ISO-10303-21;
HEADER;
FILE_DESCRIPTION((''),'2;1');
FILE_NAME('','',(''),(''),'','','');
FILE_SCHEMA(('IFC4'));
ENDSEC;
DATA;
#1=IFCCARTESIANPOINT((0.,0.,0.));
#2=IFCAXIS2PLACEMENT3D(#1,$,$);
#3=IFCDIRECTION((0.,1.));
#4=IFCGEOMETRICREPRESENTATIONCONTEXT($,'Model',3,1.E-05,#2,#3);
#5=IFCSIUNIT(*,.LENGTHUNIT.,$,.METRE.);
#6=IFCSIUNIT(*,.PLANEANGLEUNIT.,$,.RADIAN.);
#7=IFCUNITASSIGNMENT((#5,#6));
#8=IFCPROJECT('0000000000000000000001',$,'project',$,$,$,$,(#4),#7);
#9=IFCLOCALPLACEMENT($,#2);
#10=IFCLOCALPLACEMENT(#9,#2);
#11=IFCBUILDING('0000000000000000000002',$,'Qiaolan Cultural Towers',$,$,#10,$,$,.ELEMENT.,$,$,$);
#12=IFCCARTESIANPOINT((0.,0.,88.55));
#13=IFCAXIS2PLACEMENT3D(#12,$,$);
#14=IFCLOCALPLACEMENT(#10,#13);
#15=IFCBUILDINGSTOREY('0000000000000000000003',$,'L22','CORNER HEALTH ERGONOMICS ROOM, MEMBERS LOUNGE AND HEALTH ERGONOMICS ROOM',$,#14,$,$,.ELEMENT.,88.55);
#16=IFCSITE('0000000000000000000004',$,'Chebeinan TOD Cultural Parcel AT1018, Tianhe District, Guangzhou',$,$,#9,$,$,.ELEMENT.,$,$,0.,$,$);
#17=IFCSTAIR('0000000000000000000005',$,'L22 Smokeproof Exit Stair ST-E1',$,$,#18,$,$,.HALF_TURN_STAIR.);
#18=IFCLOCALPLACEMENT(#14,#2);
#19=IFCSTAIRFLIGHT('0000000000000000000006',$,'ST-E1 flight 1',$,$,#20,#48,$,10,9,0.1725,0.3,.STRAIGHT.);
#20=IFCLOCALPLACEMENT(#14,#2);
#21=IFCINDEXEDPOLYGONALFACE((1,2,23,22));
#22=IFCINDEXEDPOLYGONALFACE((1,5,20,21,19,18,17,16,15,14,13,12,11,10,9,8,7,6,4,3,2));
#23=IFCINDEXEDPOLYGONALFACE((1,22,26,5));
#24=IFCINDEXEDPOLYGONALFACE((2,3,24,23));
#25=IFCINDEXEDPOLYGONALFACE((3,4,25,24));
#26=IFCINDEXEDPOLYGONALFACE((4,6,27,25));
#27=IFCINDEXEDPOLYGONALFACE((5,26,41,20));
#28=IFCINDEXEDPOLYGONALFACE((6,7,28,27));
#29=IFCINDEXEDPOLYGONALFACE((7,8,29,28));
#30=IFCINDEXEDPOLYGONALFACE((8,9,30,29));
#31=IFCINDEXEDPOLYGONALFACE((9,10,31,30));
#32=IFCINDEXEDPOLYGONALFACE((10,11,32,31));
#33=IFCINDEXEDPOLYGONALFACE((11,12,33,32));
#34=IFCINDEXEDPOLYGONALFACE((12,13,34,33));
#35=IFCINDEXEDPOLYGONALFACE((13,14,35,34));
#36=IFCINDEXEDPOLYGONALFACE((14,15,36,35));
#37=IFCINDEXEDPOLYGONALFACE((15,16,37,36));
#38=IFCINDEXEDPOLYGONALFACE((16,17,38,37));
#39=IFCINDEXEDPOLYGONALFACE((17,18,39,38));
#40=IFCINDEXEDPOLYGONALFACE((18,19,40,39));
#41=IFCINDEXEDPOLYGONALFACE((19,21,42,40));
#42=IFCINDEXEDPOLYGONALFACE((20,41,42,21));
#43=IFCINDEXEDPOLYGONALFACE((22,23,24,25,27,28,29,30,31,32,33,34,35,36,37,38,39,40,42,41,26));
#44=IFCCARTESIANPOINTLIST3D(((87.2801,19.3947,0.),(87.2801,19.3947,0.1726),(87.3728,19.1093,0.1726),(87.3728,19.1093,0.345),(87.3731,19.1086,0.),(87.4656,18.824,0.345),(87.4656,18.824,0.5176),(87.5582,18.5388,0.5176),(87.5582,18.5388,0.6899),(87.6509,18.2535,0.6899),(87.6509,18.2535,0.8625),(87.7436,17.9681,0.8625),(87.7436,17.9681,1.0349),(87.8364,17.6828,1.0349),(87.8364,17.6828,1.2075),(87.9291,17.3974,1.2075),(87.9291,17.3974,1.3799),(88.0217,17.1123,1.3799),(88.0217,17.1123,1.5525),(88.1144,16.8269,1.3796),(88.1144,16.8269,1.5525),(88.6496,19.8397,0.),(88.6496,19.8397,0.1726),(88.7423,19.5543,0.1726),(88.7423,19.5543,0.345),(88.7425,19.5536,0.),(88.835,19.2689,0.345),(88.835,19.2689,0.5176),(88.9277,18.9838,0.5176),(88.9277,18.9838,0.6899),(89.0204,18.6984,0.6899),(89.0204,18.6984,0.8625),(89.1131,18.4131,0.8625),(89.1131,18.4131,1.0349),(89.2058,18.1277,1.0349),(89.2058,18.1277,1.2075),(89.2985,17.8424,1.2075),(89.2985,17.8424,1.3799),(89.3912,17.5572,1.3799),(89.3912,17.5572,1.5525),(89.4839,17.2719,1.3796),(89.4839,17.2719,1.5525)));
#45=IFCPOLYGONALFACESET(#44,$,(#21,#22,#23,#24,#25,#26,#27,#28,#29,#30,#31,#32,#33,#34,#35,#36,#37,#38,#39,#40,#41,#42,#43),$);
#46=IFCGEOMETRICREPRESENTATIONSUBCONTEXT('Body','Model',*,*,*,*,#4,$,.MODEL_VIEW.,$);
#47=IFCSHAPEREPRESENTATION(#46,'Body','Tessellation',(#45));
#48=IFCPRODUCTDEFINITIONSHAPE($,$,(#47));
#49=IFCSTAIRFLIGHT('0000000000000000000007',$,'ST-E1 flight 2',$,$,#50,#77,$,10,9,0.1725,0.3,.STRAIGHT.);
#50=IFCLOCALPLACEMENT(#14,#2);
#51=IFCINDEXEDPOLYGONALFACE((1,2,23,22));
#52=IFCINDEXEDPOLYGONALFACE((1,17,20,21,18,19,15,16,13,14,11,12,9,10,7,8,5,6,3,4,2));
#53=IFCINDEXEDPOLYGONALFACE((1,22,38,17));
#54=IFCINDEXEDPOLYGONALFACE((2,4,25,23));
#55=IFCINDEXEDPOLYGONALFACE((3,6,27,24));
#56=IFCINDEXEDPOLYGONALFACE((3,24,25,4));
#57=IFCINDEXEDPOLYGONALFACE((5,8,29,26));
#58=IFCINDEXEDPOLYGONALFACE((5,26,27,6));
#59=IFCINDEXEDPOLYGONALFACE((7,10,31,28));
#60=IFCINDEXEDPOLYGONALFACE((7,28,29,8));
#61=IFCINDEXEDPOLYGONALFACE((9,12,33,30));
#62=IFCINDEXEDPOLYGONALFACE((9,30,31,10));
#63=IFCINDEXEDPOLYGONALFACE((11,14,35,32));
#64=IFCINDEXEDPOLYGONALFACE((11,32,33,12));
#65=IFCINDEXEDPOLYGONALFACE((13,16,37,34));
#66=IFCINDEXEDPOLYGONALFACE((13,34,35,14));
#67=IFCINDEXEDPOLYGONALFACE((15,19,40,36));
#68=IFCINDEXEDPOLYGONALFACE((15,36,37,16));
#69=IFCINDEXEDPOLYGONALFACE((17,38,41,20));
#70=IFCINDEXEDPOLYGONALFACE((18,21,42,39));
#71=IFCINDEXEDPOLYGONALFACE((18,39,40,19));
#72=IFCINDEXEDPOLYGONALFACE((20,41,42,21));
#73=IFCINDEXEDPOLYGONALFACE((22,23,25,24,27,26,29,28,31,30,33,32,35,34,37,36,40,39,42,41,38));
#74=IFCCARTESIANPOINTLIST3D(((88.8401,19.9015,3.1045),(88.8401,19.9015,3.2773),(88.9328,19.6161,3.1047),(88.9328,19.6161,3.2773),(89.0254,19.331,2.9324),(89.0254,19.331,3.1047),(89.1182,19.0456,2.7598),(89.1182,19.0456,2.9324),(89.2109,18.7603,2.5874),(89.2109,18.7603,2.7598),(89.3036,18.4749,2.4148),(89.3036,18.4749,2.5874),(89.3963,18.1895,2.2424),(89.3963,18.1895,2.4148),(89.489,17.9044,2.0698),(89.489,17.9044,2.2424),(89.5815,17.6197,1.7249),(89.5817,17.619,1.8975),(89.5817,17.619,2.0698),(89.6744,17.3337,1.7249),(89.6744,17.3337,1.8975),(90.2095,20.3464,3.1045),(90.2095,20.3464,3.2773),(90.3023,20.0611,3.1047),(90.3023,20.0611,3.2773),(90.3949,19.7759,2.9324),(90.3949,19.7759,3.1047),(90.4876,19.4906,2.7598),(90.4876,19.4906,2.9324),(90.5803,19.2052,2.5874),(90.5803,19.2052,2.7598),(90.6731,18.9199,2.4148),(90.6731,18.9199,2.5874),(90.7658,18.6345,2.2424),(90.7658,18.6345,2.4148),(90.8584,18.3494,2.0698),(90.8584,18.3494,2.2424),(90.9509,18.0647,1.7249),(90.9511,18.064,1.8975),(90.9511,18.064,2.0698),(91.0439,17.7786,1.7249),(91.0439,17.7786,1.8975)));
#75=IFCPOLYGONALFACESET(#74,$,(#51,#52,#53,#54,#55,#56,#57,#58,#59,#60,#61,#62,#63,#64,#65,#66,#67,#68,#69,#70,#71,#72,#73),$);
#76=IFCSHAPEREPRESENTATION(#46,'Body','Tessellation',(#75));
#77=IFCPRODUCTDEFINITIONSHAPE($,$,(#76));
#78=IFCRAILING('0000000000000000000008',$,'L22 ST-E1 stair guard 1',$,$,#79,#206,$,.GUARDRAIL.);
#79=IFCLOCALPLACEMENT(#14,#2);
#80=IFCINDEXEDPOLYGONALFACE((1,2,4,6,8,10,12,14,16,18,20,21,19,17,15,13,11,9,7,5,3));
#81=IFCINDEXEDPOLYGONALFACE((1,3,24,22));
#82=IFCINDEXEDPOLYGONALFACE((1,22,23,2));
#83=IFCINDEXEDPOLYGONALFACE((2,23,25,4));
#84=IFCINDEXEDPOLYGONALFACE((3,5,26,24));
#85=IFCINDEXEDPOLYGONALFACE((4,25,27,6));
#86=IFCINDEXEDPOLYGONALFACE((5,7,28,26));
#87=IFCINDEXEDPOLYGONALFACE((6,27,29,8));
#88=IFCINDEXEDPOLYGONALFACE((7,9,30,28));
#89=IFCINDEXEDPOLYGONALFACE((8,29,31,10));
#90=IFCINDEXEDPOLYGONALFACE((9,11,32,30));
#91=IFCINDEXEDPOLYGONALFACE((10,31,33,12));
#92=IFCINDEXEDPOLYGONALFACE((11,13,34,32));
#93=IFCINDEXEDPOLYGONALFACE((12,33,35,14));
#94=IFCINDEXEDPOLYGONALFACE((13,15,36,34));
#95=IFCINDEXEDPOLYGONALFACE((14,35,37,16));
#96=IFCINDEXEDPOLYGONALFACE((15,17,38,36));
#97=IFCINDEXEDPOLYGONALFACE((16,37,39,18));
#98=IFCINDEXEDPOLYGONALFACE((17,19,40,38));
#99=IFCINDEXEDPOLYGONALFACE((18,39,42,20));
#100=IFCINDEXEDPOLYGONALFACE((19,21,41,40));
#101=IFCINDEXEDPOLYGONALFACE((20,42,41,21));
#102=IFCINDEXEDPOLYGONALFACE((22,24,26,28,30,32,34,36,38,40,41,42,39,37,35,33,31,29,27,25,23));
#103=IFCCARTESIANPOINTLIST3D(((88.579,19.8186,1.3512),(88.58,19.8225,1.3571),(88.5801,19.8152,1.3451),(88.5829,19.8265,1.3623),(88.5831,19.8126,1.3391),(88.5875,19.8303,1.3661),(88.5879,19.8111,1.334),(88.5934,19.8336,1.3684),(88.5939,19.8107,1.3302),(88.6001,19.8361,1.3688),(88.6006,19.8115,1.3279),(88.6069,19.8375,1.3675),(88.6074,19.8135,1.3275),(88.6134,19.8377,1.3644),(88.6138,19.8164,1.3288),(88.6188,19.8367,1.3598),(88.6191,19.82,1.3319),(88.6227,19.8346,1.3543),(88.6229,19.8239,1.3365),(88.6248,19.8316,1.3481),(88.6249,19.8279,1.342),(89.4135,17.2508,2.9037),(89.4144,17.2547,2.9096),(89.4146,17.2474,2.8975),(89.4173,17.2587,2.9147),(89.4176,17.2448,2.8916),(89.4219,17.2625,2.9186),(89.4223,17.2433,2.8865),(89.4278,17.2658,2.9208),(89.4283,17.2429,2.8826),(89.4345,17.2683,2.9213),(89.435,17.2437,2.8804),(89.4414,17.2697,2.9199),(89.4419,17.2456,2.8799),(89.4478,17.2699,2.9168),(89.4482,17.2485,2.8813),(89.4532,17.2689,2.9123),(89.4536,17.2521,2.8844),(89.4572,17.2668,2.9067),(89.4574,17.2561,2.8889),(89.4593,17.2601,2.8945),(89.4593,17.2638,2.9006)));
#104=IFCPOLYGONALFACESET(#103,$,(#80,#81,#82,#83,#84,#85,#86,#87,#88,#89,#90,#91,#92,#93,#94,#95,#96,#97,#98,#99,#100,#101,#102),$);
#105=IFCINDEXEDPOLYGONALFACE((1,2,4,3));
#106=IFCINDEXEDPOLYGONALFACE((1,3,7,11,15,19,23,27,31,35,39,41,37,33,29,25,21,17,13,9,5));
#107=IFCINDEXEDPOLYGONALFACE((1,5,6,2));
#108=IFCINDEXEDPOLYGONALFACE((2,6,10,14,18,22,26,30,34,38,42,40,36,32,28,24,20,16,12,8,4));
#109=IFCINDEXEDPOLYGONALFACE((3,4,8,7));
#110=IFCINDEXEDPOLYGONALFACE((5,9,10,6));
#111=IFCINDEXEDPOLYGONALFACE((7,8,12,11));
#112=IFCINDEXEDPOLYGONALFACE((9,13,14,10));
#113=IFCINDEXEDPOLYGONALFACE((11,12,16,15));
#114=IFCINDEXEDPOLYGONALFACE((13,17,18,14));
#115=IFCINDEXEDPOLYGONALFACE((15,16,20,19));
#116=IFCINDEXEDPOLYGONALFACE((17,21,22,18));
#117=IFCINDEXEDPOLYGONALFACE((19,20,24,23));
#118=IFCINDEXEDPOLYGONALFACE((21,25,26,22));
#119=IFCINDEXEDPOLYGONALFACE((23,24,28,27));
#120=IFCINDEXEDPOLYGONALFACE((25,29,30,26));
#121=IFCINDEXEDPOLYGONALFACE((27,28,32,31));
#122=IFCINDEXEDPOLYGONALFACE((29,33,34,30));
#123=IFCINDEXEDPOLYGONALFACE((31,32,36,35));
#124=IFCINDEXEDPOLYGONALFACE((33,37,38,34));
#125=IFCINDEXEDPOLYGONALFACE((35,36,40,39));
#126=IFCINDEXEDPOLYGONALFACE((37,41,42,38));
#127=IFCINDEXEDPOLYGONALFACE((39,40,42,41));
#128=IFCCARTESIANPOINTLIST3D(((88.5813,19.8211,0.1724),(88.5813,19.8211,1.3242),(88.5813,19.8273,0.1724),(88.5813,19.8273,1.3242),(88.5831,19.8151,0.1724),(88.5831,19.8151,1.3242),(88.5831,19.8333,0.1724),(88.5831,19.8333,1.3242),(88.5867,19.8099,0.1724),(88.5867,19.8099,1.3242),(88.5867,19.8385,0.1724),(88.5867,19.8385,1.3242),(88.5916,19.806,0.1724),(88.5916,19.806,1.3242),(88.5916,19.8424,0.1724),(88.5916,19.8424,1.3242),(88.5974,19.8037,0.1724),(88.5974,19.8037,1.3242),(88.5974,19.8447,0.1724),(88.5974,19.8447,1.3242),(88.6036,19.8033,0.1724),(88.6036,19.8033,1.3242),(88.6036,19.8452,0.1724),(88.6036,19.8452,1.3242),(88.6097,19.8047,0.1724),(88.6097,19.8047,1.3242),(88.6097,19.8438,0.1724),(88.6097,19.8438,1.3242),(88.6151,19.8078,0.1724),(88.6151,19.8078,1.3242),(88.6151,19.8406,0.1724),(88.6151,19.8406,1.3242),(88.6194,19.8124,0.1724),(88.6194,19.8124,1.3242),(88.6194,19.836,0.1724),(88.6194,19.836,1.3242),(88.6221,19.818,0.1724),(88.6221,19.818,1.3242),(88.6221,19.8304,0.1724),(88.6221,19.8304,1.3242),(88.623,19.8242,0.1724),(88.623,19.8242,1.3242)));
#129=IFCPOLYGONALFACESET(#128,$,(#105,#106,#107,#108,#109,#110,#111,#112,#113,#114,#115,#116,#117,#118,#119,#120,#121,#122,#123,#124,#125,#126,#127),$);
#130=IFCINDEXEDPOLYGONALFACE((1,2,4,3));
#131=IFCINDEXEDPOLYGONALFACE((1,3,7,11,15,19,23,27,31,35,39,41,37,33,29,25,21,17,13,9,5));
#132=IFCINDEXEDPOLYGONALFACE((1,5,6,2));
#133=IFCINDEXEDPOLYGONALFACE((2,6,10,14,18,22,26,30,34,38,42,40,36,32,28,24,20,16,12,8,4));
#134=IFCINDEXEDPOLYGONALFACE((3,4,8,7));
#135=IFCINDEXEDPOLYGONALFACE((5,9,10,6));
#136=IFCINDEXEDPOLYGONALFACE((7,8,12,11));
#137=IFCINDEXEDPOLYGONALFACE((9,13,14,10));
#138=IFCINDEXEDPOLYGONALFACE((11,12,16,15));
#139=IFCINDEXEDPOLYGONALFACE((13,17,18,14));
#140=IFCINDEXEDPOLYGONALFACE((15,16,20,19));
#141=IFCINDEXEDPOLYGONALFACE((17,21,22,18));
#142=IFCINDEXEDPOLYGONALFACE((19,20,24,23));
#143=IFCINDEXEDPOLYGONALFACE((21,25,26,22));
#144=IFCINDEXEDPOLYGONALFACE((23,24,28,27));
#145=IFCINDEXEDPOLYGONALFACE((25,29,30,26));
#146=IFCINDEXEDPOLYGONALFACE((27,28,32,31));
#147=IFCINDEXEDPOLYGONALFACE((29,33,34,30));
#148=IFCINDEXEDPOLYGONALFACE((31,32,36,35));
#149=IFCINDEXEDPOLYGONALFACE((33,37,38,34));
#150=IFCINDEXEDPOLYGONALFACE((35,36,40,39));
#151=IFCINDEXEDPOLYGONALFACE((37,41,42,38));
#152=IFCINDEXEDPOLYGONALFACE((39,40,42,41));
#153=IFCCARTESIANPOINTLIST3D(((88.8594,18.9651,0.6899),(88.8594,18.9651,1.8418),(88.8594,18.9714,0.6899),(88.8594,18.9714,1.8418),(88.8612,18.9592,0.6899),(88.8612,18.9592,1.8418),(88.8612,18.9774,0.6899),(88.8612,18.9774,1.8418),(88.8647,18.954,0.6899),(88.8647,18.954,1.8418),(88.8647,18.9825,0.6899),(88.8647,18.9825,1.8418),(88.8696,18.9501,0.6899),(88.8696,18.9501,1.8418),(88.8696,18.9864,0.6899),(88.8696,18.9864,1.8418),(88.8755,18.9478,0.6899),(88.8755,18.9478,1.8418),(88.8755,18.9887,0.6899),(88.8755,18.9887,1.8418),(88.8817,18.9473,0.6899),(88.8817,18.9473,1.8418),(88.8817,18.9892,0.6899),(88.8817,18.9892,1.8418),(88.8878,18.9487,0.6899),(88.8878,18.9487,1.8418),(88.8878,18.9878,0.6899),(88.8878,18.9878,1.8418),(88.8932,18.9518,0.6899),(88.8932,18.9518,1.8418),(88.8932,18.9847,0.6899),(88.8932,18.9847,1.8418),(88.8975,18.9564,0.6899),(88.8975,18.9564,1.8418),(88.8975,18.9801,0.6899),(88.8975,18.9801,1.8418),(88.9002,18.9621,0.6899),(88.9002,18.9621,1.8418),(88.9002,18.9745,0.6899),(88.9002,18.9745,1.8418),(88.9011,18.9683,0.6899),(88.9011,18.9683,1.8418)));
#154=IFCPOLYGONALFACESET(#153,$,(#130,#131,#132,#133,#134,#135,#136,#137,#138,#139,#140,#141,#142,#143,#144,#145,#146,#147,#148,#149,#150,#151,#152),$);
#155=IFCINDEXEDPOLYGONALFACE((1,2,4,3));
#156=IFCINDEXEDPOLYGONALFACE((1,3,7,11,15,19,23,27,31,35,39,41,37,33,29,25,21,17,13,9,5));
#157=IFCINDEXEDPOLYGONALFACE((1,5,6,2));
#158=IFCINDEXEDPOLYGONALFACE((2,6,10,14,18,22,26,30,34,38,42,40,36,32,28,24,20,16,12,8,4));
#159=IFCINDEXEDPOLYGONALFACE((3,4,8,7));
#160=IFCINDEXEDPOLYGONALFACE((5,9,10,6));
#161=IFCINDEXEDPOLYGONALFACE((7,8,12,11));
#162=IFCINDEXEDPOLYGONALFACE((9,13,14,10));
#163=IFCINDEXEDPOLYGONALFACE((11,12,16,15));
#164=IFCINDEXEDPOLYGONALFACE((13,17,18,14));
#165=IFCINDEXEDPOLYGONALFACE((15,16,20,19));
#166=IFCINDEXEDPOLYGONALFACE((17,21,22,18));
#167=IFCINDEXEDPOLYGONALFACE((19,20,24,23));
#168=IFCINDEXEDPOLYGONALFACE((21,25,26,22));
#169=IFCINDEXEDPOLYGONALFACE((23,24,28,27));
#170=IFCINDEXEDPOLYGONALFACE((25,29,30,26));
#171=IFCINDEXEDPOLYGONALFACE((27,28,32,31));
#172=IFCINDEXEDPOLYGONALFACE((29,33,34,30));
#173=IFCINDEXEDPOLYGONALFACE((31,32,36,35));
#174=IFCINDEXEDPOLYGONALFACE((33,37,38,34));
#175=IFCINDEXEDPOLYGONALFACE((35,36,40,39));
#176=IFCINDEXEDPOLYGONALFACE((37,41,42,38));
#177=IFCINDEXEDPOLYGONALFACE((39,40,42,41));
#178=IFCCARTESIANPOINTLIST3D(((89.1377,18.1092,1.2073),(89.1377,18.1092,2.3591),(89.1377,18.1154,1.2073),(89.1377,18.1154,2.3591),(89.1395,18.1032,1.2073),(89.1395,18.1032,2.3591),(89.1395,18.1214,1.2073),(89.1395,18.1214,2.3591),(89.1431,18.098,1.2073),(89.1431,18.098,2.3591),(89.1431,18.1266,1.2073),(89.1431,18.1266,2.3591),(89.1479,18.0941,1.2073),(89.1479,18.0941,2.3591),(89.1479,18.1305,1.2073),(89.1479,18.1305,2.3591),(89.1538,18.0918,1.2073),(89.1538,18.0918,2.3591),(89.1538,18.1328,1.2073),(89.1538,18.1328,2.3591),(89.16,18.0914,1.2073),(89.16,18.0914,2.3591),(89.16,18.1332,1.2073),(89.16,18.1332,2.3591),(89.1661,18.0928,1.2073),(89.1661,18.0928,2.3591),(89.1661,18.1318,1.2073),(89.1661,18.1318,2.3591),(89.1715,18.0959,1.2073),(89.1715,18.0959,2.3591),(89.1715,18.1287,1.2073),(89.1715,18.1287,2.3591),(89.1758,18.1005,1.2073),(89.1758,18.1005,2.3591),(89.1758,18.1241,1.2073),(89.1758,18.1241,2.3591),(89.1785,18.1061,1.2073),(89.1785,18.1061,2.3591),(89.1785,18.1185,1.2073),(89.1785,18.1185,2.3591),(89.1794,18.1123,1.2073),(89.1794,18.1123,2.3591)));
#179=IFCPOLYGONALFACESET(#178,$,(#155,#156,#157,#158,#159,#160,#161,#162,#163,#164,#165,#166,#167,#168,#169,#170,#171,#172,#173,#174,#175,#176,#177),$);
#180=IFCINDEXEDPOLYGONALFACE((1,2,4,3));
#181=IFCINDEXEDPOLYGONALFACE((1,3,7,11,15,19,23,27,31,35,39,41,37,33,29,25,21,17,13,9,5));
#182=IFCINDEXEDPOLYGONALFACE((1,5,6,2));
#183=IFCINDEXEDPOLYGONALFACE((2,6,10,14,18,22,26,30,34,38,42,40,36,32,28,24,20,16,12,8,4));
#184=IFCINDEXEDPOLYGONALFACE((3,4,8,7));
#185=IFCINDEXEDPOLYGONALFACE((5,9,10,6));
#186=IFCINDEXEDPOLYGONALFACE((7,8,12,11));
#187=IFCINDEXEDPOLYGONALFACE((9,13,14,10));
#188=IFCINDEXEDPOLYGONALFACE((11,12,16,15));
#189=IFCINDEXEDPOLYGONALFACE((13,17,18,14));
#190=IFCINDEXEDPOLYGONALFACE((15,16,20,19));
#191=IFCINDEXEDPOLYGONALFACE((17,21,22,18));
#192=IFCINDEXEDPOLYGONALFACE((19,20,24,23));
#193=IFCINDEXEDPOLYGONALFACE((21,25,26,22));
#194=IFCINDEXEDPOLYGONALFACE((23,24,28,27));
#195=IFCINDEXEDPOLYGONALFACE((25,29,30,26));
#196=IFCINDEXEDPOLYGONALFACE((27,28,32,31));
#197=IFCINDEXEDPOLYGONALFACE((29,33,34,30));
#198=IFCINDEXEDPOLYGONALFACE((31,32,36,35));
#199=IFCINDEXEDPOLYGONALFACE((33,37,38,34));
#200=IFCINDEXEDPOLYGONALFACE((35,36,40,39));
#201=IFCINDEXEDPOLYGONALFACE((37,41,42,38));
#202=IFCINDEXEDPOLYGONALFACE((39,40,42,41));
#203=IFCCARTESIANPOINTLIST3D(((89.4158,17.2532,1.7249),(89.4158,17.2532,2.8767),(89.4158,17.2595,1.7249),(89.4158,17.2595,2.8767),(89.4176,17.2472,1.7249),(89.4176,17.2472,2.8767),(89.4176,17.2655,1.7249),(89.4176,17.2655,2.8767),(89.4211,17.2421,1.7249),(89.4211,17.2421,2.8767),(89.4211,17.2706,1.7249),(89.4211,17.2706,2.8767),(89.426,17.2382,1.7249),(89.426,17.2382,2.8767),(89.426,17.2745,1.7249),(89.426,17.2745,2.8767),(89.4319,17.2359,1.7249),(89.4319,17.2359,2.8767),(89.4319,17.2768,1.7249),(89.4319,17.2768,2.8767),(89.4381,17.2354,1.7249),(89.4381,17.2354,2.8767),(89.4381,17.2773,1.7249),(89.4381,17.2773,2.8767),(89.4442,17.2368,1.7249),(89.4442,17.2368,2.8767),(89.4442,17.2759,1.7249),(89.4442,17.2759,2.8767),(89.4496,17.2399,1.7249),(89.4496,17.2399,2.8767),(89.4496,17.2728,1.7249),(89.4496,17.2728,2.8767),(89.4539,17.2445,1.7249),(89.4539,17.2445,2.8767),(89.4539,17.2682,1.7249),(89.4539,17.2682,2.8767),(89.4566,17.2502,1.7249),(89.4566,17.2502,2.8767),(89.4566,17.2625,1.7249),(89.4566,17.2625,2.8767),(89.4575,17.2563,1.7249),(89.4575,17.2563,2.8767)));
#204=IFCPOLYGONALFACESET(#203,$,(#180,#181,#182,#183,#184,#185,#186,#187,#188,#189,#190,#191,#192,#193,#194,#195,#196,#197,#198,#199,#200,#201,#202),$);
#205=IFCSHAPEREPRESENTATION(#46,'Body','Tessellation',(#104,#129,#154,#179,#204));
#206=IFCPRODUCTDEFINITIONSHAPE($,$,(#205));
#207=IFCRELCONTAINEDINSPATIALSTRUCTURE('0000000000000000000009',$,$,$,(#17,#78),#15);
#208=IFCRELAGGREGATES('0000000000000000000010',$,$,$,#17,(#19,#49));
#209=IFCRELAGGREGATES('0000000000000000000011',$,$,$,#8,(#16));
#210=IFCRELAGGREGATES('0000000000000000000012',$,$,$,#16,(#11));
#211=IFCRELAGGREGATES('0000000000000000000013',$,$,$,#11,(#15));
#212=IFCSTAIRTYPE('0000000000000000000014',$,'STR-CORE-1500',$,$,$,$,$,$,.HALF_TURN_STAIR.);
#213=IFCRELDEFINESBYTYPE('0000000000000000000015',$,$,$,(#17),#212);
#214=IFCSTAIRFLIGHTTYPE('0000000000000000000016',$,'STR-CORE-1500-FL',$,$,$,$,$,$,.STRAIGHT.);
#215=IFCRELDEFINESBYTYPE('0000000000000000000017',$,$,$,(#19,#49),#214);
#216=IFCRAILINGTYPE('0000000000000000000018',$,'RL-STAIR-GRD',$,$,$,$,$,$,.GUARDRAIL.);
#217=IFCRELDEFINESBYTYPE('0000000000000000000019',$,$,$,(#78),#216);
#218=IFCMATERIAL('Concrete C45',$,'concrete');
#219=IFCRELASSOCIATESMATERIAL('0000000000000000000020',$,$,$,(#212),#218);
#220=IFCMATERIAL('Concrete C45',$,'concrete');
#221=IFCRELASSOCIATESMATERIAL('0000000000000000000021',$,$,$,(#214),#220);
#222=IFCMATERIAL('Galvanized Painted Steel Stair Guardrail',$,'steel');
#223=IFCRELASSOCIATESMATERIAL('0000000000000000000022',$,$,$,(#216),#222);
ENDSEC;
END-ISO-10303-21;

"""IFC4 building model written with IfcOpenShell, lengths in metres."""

from ifc_helpers import new_model, si_unit, direction, frame, origin, origin_2d, place, context, subcontext, project, spatial, polyline, circle, outline, extrude, material, type_object, element, aggregate, save


model = new_model("IFC4")

# Units and contexts
model_context = context("Model", 3, precision=1e-05, world=origin(), true_north=direction((0.0, 1.0)))
body_context = subcontext(model_context, "Body", "Model", "MODEL_VIEW")
ifc_project = project(units=[si_unit("LENGTHUNIT", "METRE"), si_unit("PLANEANGLEUNIT", "RADIAN")], contexts=[model_context])

# Site, building, storey
site_placement = place(None, origin())
site = spatial("IfcSite", under=ifc_project, at=site_placement, Name="Chebeinan TOD Cultural Parcel AT1018, Tianhe District, Guangzhou", CompositionType="ELEMENT", RefElevation=0.0)
building_placement = place(site_placement, origin())
building = spatial("IfcBuilding", under=site, at=building_placement, Name="Qiaolan Cultural Towers", CompositionType="ELEMENT")
storey_placement = place(building_placement, frame((0.0, 0.0, 88.55)))
storey = spatial("IfcBuildingStorey", under=building, at=storey_placement, Name="L22", Description="CORNER HEALTH ERGONOMICS ROOM, MEMBERS LOUNGE AND HEALTH ERGONOMICS ROOM", CompositionType="ELEMENT", Elevation=88.55)

# Stair, stair flights
ifc_material_1 = material(Name="Concrete C45", Category="concrete")
stair_type = type_object("IfcStairType", Name="STR-CORE-1500", PredefinedType="HALF_TURN_STAIR", material=ifc_material_1)
stair_placement = place(storey_placement, origin())
stair = element("IfcStair", 1, at=stair_placement, inside=storey, type_object=stair_type, Name="L22 Smokeproof Exit Stair ST-E1", PredefinedType="HALF_TURN_STAIR")
ifc_material_2 = material(Name="Concrete C45", Category="concrete")
stair_flight_type = type_object("IfcStairFlightType", Name="STR-CORE-1500-FL", PredefinedType="STRAIGHT", material=ifc_material_2)
stair_flight_1_placement = place(storey_placement, frame((87.9648, 19.6172, 0.0), z_axis=(0.0, 0.0, 1.0), x_axis=(0.309017, -0.951057, 0.0)))
stair_flight_1 = element("IfcStairFlight", 2, at=stair_flight_1_placement, type_object=stair_flight_type, Name="ST-E1 flight 1", NumberOfRisers=10, NumberOfTreads=9, PredefinedType="STRAIGHT", RiserHeight=0.1725, TreadLength=0.3, context=body_context, shape_type="SweptSolid", body=[
    extrude(outline(polyline([(0.0, 0.0), (0.0, 0.1726), (0.3, 0.1726), (0.3, 0.345), (0.6001, 0.345), (0.6001, 0.5176), (0.8999, 0.5176), (0.8999, 0.6899), (1.2, 0.6899), (1.2, 0.8625), (1.5, 0.8625), (1.5, 1.0349), (1.8, 1.0349), (1.8, 1.2075), (2.1001, 1.2075), (2.1001, 1.3799), (2.3999, 1.3799), (2.3999, 1.5525), (2.7, 1.5525), (2.7, 1.7251), (2.7, 1.3796), (0.3008, 0.0), (0.0, 0.0)])), frame((0.0, 0.72, 0.0), z_axis=(0.0, -1.0, 0.0), x_axis=(1.0, 0.0, 0.0)), (0.0, 0.0, 1.0), 1.4399),
])
stair_flight_2_placement = place(storey_placement, frame((90.3591, 17.5562, 1.7249), z_axis=(0.0, 0.0, 1.0), x_axis=(-0.309017, 0.951057, 0.0)))
stair_flight_2 = element("IfcStairFlight", 3, at=stair_flight_2_placement, type_object=stair_flight_type, Name="ST-E1 flight 2", NumberOfRisers=10, NumberOfTreads=9, PredefinedType="STRAIGHT", RiserHeight=0.1725, TreadLength=0.3, context=body_context, shape_type="SweptSolid", body=[
    extrude(outline(polyline([(0.0, 0.0), (0.0, 0.1726), (0.3, 0.1726), (0.3, 0.345), (0.6001, 0.345), (0.6001, 0.5176), (0.8999, 0.5176), (0.8999, 0.6899), (1.2, 0.6899), (1.2, 0.8625), (1.5, 0.8625), (1.5, 1.0349), (1.8, 1.0349), (1.8, 1.2075), (2.1001, 1.2075), (2.1001, 1.3799), (2.3999, 1.3799), (2.3999, 1.5525), (2.7, 1.5525), (2.7, 1.7251), (2.7, 1.3796), (0.3008, 0.0), (0.0, 0.0)])), frame((0.0, 0.72, 0.0), z_axis=(0.0, -1.0, 0.0), x_axis=(1.0, 0.0, 0.0)), (0.0, 0.0, 1.0), 1.4399),
])
aggregate(stair, [stair_flight_1, stair_flight_2])

# Railing
ifc_material_3 = material(Name="Galvanized Painted Steel Stair Guardrail", Category="steel")
railing_type_1 = type_object("IfcRailingType", Name="RL-STAIR-GRD", PredefinedType="GUARDRAIL", material=ifc_material_3)
railing_1_placement = place(storey_placement, frame((88.6021, 19.8242, 0.1724)))
element("IfcRailing", 4, at=railing_1_placement, inside=storey, type_object=railing_type_1, Name="L22 ST-E1 stair guard 1", PredefinedType="GUARDRAIL", context=body_context, shape_type="SweptSolid", body=[
    extrude(circle(Radius=0.0239, at=origin_2d()), frame((0.0, 0.0, 1.1758), z_axis=(0.267926, -0.824471, 0.498461), x_axis=(0.951043, 0.309057, 0.0)), (0.0, 0.0, 1.0), 3.1145),
    extrude(circle(Radius=0.021, at=origin_2d()), origin(), (0.0, 0.0, 1.0), 1.1519),
    extrude(circle(Radius=0.021, at=origin_2d()), frame((0.2781, -0.856, 0.5176)), (0.0, 0.0, 1.0), 1.1519),
    extrude(circle(Radius=0.021, at=origin_2d()), frame((0.5564, -1.7119, 1.0349)), (0.0, 0.0, 1.0), 1.1519),
    extrude(circle(Radius=0.021, at=origin_2d()), frame((0.8345, -2.5679, 1.5525)), (0.0, 0.0, 1.0), 1.1519),
])

save(model, "model.ifc")
